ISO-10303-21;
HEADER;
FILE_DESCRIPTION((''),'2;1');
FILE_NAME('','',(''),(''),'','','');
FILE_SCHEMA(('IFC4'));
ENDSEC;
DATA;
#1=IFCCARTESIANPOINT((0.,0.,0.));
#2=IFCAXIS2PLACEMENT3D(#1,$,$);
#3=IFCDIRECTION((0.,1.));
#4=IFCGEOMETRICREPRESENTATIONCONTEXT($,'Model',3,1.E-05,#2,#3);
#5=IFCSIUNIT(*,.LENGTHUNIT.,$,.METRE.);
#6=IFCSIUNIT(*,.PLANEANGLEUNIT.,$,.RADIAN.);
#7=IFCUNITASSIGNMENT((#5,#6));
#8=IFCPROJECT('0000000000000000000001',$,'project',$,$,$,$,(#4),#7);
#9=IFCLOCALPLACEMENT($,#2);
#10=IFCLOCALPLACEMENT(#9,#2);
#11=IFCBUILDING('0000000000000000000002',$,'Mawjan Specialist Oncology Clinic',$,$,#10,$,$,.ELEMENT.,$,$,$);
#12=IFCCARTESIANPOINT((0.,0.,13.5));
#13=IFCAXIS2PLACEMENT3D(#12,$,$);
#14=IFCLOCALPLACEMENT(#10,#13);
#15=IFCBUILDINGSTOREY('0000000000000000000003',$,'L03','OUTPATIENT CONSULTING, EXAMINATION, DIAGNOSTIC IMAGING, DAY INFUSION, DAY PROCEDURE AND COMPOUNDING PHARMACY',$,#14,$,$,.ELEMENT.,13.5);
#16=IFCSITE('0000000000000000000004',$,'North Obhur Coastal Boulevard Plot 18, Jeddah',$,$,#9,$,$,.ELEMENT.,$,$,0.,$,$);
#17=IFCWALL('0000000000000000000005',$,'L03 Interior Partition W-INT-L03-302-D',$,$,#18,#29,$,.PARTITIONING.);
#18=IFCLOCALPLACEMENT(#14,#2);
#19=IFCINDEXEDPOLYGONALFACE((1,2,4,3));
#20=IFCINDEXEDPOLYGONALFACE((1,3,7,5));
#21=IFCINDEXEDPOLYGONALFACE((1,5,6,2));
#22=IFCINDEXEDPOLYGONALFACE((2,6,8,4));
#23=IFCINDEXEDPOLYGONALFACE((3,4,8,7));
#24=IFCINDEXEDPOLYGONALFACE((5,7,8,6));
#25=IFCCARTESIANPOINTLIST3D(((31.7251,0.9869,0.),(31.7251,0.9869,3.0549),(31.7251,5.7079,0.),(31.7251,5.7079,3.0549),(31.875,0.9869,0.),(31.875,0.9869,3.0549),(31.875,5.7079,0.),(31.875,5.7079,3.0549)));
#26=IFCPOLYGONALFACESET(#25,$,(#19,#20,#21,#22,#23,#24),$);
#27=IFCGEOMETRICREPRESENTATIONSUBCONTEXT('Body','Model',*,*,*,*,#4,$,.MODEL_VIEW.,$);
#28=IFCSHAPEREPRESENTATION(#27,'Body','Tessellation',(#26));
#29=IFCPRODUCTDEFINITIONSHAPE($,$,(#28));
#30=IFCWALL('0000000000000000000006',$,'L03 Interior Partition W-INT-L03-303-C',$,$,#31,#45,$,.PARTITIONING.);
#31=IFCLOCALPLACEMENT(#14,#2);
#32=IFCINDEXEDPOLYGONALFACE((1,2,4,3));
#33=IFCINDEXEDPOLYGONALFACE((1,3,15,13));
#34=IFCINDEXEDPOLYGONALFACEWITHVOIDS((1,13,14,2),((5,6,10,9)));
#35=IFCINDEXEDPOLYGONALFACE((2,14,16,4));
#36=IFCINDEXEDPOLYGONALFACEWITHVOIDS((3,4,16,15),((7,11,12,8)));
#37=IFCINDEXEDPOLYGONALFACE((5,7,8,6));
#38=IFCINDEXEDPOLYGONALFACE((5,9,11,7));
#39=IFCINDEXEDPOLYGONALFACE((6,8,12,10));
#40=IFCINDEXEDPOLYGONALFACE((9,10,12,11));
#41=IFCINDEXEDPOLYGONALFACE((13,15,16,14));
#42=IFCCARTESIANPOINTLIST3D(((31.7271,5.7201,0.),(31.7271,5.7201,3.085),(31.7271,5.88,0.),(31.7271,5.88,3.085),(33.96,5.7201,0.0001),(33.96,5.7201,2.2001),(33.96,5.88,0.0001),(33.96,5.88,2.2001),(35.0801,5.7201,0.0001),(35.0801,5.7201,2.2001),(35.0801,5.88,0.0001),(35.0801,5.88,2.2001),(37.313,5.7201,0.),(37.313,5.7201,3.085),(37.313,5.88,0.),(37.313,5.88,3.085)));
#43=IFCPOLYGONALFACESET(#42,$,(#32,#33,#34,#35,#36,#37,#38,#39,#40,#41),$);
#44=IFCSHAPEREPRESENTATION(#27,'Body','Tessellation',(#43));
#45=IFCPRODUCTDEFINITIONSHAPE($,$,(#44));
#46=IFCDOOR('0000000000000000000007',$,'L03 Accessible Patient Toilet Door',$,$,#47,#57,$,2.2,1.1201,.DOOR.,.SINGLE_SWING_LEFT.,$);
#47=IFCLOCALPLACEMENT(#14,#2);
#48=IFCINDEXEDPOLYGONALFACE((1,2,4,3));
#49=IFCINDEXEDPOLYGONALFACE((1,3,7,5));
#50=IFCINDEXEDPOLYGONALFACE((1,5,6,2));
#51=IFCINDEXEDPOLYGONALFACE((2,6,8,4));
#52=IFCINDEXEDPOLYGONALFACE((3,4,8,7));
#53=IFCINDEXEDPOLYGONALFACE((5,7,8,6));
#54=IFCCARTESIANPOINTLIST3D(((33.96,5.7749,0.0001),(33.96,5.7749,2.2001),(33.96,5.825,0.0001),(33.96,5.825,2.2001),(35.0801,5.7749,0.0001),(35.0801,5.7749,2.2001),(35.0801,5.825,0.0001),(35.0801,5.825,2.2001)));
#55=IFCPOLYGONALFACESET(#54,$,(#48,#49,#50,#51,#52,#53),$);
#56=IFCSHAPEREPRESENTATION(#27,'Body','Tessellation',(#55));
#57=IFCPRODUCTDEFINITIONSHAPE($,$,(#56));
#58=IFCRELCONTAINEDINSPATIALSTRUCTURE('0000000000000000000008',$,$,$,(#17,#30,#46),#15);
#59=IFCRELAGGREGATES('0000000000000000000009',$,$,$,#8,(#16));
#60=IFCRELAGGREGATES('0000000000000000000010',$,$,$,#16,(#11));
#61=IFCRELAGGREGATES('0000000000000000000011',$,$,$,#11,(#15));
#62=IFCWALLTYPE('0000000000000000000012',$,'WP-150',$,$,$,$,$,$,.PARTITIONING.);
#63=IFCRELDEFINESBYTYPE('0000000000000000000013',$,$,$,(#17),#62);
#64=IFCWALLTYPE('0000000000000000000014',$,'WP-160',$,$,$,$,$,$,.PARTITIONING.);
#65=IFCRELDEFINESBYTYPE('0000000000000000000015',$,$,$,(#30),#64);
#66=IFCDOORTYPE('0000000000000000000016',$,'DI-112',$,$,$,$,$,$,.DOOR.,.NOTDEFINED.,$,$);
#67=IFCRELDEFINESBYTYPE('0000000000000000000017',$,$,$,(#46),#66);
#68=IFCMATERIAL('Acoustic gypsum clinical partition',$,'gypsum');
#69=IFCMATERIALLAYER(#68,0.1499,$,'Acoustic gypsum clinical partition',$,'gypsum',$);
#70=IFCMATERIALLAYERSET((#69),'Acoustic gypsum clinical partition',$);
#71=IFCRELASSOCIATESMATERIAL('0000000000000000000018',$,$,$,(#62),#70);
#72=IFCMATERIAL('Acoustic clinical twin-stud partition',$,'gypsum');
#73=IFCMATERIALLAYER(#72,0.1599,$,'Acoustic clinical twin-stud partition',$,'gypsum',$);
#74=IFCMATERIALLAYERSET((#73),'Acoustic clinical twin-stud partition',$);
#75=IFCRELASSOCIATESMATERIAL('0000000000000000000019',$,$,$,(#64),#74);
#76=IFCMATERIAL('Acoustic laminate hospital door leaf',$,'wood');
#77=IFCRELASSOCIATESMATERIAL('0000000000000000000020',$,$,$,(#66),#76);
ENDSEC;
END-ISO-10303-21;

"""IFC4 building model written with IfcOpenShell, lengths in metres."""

from ifc_helpers import new_model, si_unit, direction, frame, frame_2d, origin, place, context, subcontext, project, spatial, rectangle, extrude, material, layer, layer_set, type_object, element, fill, save


model = new_model("IFC4")

# Units and contexts
model_context = context("Model", 3, precision=1e-05, world=origin(), true_north=direction((0.0, 1.0)))
body_context = subcontext(model_context, "Body", "Model", "MODEL_VIEW")
ifc_project = project(units=[si_unit("LENGTHUNIT", "METRE"), si_unit("PLANEANGLEUNIT", "RADIAN")], contexts=[model_context])

# Site, building, storey
site_placement = place(None, origin())
site = spatial("IfcSite", under=ifc_project, at=site_placement, Name="North Obhur Coastal Boulevard Plot 18, Jeddah", CompositionType="ELEMENT", RefElevation=0.0)
building_placement = place(site_placement, origin())
building = spatial("IfcBuilding", under=site, at=building_placement, Name="Mawjan Specialist Oncology Clinic", CompositionType="ELEMENT")
storey_placement = place(building_placement, frame((0.0, 0.0, 13.5)))
storey = spatial("IfcBuildingStorey", under=building, at=storey_placement, Name="L03", Description="OUTPATIENT CONSULTING, EXAMINATION, DIAGNOSTIC IMAGING, DAY INFUSION, DAY PROCEDURE AND COMPOUNDING PHARMACY", CompositionType="ELEMENT", Elevation=13.5)

# Wall
ifc_material_1 = material(Name="Acoustic gypsum clinical partition", Category="gypsum")
ifc_layer_1 = layer(ifc_material_1, 0.1499, Name="Acoustic gypsum clinical partition", Category="gypsum")
ifc_layer_set_1 = layer_set([ifc_layer_1], Name="Acoustic gypsum clinical partition")
wall_type_1 = type_object("IfcWallType", Name="WP-150", PredefinedType="PARTITIONING", material=ifc_layer_set_1)
wall_1_placement = place(storey_placement, frame((31.8, 0.9871, 0.0), z_axis=(0.0, 0.0, 1.0), x_axis=(0.0, 1.0, 0.0)))
element("IfcWall", 1, at=wall_1_placement, inside=storey, type_object=wall_type_1, Name="L03 Interior Partition W-INT-L03-302-D", PredefinedType="PARTITIONING", context=body_context, shape_type="SweptSolid", body=[
    extrude(rectangle(XDim=4.7209, YDim=0.1499, at=frame_2d((2.3604, 0.0))), origin(), (0.0, 0.0, 1.0), 3.0549),
])

# Wall, opening, door
ifc_material_2 = material(Name="Acoustic clinical twin-stud partition", Category="gypsum")
ifc_layer_2 = layer(ifc_material_2, 0.1599, Name="Acoustic clinical twin-stud partition", Category="gypsum")
ifc_layer_set_2 = layer_set([ifc_layer_2], Name="Acoustic clinical twin-stud partition")
wall_type_2 = type_object("IfcWallType", Name="WP-160", PredefinedType="PARTITIONING", material=ifc_layer_set_2)
wall_2_placement = place(storey_placement, frame((31.7271, 5.8, 0.0), z_axis=(0.0, 0.0, 1.0), x_axis=(1.0, 0.0, 0.0)))
wall_2 = element("IfcWall", 2, at=wall_2_placement, inside=storey, type_object=wall_type_2, Name="L03 Interior Partition W-INT-L03-303-C", PredefinedType="PARTITIONING", context=body_context, shape_type="SweptSolid", body=[
    extrude(rectangle(XDim=5.5859, YDim=0.1599, at=frame_2d((2.793, 0.0))), origin(), (0.0, 0.0, 1.0), 3.085),
])
opening_placement = place(wall_2_placement, frame((2.2329, 0.0, 0.0)))
opening = element("IfcOpeningElement", 3, at=opening_placement, cuts=wall_2, PredefinedType="OPENING", context=body_context, shape_type="SweptSolid", body=[
    extrude(rectangle(XDim=1.1201, YDim=2.2, at=frame_2d((0.5601, 1.1001))), frame((0.0, 0.092, 0.0), z_axis=(0.0, -1.0, 0.0), x_axis=(1.0, 0.0, 0.0)), (0.0, 0.0, 1.0), 0.1838),
])
ifc_material_3 = material(Name="Acoustic laminate hospital door leaf", Category="wood")
door_type = type_object("IfcDoorType", Name="DI-112", OperationType="NOTDEFINED", PredefinedType="DOOR", material=ifc_material_3)
door_placement = place(opening_placement, origin())
door = element("IfcDoor", 4, at=door_placement, inside=storey, type_object=door_type, Name="L03 Accessible Patient Toilet Door", OperationType="SINGLE_SWING_LEFT", OverallHeight=2.2, OverallWidth=1.1201, PredefinedType="DOOR", context=body_context, shape_type="SweptSolid", body=[
    extrude(rectangle(XDim=1.1201, YDim=2.2, at=frame_2d((0.5601, 1.1001))), frame((0.0, 0.0249, 0.0), z_axis=(0.0, -1.0, 0.0), x_axis=(1.0, 0.0, 0.0)), (0.0, 0.0, 1.0), 0.05),
])
fill(opening, door)

save(model, "model.ifc")
